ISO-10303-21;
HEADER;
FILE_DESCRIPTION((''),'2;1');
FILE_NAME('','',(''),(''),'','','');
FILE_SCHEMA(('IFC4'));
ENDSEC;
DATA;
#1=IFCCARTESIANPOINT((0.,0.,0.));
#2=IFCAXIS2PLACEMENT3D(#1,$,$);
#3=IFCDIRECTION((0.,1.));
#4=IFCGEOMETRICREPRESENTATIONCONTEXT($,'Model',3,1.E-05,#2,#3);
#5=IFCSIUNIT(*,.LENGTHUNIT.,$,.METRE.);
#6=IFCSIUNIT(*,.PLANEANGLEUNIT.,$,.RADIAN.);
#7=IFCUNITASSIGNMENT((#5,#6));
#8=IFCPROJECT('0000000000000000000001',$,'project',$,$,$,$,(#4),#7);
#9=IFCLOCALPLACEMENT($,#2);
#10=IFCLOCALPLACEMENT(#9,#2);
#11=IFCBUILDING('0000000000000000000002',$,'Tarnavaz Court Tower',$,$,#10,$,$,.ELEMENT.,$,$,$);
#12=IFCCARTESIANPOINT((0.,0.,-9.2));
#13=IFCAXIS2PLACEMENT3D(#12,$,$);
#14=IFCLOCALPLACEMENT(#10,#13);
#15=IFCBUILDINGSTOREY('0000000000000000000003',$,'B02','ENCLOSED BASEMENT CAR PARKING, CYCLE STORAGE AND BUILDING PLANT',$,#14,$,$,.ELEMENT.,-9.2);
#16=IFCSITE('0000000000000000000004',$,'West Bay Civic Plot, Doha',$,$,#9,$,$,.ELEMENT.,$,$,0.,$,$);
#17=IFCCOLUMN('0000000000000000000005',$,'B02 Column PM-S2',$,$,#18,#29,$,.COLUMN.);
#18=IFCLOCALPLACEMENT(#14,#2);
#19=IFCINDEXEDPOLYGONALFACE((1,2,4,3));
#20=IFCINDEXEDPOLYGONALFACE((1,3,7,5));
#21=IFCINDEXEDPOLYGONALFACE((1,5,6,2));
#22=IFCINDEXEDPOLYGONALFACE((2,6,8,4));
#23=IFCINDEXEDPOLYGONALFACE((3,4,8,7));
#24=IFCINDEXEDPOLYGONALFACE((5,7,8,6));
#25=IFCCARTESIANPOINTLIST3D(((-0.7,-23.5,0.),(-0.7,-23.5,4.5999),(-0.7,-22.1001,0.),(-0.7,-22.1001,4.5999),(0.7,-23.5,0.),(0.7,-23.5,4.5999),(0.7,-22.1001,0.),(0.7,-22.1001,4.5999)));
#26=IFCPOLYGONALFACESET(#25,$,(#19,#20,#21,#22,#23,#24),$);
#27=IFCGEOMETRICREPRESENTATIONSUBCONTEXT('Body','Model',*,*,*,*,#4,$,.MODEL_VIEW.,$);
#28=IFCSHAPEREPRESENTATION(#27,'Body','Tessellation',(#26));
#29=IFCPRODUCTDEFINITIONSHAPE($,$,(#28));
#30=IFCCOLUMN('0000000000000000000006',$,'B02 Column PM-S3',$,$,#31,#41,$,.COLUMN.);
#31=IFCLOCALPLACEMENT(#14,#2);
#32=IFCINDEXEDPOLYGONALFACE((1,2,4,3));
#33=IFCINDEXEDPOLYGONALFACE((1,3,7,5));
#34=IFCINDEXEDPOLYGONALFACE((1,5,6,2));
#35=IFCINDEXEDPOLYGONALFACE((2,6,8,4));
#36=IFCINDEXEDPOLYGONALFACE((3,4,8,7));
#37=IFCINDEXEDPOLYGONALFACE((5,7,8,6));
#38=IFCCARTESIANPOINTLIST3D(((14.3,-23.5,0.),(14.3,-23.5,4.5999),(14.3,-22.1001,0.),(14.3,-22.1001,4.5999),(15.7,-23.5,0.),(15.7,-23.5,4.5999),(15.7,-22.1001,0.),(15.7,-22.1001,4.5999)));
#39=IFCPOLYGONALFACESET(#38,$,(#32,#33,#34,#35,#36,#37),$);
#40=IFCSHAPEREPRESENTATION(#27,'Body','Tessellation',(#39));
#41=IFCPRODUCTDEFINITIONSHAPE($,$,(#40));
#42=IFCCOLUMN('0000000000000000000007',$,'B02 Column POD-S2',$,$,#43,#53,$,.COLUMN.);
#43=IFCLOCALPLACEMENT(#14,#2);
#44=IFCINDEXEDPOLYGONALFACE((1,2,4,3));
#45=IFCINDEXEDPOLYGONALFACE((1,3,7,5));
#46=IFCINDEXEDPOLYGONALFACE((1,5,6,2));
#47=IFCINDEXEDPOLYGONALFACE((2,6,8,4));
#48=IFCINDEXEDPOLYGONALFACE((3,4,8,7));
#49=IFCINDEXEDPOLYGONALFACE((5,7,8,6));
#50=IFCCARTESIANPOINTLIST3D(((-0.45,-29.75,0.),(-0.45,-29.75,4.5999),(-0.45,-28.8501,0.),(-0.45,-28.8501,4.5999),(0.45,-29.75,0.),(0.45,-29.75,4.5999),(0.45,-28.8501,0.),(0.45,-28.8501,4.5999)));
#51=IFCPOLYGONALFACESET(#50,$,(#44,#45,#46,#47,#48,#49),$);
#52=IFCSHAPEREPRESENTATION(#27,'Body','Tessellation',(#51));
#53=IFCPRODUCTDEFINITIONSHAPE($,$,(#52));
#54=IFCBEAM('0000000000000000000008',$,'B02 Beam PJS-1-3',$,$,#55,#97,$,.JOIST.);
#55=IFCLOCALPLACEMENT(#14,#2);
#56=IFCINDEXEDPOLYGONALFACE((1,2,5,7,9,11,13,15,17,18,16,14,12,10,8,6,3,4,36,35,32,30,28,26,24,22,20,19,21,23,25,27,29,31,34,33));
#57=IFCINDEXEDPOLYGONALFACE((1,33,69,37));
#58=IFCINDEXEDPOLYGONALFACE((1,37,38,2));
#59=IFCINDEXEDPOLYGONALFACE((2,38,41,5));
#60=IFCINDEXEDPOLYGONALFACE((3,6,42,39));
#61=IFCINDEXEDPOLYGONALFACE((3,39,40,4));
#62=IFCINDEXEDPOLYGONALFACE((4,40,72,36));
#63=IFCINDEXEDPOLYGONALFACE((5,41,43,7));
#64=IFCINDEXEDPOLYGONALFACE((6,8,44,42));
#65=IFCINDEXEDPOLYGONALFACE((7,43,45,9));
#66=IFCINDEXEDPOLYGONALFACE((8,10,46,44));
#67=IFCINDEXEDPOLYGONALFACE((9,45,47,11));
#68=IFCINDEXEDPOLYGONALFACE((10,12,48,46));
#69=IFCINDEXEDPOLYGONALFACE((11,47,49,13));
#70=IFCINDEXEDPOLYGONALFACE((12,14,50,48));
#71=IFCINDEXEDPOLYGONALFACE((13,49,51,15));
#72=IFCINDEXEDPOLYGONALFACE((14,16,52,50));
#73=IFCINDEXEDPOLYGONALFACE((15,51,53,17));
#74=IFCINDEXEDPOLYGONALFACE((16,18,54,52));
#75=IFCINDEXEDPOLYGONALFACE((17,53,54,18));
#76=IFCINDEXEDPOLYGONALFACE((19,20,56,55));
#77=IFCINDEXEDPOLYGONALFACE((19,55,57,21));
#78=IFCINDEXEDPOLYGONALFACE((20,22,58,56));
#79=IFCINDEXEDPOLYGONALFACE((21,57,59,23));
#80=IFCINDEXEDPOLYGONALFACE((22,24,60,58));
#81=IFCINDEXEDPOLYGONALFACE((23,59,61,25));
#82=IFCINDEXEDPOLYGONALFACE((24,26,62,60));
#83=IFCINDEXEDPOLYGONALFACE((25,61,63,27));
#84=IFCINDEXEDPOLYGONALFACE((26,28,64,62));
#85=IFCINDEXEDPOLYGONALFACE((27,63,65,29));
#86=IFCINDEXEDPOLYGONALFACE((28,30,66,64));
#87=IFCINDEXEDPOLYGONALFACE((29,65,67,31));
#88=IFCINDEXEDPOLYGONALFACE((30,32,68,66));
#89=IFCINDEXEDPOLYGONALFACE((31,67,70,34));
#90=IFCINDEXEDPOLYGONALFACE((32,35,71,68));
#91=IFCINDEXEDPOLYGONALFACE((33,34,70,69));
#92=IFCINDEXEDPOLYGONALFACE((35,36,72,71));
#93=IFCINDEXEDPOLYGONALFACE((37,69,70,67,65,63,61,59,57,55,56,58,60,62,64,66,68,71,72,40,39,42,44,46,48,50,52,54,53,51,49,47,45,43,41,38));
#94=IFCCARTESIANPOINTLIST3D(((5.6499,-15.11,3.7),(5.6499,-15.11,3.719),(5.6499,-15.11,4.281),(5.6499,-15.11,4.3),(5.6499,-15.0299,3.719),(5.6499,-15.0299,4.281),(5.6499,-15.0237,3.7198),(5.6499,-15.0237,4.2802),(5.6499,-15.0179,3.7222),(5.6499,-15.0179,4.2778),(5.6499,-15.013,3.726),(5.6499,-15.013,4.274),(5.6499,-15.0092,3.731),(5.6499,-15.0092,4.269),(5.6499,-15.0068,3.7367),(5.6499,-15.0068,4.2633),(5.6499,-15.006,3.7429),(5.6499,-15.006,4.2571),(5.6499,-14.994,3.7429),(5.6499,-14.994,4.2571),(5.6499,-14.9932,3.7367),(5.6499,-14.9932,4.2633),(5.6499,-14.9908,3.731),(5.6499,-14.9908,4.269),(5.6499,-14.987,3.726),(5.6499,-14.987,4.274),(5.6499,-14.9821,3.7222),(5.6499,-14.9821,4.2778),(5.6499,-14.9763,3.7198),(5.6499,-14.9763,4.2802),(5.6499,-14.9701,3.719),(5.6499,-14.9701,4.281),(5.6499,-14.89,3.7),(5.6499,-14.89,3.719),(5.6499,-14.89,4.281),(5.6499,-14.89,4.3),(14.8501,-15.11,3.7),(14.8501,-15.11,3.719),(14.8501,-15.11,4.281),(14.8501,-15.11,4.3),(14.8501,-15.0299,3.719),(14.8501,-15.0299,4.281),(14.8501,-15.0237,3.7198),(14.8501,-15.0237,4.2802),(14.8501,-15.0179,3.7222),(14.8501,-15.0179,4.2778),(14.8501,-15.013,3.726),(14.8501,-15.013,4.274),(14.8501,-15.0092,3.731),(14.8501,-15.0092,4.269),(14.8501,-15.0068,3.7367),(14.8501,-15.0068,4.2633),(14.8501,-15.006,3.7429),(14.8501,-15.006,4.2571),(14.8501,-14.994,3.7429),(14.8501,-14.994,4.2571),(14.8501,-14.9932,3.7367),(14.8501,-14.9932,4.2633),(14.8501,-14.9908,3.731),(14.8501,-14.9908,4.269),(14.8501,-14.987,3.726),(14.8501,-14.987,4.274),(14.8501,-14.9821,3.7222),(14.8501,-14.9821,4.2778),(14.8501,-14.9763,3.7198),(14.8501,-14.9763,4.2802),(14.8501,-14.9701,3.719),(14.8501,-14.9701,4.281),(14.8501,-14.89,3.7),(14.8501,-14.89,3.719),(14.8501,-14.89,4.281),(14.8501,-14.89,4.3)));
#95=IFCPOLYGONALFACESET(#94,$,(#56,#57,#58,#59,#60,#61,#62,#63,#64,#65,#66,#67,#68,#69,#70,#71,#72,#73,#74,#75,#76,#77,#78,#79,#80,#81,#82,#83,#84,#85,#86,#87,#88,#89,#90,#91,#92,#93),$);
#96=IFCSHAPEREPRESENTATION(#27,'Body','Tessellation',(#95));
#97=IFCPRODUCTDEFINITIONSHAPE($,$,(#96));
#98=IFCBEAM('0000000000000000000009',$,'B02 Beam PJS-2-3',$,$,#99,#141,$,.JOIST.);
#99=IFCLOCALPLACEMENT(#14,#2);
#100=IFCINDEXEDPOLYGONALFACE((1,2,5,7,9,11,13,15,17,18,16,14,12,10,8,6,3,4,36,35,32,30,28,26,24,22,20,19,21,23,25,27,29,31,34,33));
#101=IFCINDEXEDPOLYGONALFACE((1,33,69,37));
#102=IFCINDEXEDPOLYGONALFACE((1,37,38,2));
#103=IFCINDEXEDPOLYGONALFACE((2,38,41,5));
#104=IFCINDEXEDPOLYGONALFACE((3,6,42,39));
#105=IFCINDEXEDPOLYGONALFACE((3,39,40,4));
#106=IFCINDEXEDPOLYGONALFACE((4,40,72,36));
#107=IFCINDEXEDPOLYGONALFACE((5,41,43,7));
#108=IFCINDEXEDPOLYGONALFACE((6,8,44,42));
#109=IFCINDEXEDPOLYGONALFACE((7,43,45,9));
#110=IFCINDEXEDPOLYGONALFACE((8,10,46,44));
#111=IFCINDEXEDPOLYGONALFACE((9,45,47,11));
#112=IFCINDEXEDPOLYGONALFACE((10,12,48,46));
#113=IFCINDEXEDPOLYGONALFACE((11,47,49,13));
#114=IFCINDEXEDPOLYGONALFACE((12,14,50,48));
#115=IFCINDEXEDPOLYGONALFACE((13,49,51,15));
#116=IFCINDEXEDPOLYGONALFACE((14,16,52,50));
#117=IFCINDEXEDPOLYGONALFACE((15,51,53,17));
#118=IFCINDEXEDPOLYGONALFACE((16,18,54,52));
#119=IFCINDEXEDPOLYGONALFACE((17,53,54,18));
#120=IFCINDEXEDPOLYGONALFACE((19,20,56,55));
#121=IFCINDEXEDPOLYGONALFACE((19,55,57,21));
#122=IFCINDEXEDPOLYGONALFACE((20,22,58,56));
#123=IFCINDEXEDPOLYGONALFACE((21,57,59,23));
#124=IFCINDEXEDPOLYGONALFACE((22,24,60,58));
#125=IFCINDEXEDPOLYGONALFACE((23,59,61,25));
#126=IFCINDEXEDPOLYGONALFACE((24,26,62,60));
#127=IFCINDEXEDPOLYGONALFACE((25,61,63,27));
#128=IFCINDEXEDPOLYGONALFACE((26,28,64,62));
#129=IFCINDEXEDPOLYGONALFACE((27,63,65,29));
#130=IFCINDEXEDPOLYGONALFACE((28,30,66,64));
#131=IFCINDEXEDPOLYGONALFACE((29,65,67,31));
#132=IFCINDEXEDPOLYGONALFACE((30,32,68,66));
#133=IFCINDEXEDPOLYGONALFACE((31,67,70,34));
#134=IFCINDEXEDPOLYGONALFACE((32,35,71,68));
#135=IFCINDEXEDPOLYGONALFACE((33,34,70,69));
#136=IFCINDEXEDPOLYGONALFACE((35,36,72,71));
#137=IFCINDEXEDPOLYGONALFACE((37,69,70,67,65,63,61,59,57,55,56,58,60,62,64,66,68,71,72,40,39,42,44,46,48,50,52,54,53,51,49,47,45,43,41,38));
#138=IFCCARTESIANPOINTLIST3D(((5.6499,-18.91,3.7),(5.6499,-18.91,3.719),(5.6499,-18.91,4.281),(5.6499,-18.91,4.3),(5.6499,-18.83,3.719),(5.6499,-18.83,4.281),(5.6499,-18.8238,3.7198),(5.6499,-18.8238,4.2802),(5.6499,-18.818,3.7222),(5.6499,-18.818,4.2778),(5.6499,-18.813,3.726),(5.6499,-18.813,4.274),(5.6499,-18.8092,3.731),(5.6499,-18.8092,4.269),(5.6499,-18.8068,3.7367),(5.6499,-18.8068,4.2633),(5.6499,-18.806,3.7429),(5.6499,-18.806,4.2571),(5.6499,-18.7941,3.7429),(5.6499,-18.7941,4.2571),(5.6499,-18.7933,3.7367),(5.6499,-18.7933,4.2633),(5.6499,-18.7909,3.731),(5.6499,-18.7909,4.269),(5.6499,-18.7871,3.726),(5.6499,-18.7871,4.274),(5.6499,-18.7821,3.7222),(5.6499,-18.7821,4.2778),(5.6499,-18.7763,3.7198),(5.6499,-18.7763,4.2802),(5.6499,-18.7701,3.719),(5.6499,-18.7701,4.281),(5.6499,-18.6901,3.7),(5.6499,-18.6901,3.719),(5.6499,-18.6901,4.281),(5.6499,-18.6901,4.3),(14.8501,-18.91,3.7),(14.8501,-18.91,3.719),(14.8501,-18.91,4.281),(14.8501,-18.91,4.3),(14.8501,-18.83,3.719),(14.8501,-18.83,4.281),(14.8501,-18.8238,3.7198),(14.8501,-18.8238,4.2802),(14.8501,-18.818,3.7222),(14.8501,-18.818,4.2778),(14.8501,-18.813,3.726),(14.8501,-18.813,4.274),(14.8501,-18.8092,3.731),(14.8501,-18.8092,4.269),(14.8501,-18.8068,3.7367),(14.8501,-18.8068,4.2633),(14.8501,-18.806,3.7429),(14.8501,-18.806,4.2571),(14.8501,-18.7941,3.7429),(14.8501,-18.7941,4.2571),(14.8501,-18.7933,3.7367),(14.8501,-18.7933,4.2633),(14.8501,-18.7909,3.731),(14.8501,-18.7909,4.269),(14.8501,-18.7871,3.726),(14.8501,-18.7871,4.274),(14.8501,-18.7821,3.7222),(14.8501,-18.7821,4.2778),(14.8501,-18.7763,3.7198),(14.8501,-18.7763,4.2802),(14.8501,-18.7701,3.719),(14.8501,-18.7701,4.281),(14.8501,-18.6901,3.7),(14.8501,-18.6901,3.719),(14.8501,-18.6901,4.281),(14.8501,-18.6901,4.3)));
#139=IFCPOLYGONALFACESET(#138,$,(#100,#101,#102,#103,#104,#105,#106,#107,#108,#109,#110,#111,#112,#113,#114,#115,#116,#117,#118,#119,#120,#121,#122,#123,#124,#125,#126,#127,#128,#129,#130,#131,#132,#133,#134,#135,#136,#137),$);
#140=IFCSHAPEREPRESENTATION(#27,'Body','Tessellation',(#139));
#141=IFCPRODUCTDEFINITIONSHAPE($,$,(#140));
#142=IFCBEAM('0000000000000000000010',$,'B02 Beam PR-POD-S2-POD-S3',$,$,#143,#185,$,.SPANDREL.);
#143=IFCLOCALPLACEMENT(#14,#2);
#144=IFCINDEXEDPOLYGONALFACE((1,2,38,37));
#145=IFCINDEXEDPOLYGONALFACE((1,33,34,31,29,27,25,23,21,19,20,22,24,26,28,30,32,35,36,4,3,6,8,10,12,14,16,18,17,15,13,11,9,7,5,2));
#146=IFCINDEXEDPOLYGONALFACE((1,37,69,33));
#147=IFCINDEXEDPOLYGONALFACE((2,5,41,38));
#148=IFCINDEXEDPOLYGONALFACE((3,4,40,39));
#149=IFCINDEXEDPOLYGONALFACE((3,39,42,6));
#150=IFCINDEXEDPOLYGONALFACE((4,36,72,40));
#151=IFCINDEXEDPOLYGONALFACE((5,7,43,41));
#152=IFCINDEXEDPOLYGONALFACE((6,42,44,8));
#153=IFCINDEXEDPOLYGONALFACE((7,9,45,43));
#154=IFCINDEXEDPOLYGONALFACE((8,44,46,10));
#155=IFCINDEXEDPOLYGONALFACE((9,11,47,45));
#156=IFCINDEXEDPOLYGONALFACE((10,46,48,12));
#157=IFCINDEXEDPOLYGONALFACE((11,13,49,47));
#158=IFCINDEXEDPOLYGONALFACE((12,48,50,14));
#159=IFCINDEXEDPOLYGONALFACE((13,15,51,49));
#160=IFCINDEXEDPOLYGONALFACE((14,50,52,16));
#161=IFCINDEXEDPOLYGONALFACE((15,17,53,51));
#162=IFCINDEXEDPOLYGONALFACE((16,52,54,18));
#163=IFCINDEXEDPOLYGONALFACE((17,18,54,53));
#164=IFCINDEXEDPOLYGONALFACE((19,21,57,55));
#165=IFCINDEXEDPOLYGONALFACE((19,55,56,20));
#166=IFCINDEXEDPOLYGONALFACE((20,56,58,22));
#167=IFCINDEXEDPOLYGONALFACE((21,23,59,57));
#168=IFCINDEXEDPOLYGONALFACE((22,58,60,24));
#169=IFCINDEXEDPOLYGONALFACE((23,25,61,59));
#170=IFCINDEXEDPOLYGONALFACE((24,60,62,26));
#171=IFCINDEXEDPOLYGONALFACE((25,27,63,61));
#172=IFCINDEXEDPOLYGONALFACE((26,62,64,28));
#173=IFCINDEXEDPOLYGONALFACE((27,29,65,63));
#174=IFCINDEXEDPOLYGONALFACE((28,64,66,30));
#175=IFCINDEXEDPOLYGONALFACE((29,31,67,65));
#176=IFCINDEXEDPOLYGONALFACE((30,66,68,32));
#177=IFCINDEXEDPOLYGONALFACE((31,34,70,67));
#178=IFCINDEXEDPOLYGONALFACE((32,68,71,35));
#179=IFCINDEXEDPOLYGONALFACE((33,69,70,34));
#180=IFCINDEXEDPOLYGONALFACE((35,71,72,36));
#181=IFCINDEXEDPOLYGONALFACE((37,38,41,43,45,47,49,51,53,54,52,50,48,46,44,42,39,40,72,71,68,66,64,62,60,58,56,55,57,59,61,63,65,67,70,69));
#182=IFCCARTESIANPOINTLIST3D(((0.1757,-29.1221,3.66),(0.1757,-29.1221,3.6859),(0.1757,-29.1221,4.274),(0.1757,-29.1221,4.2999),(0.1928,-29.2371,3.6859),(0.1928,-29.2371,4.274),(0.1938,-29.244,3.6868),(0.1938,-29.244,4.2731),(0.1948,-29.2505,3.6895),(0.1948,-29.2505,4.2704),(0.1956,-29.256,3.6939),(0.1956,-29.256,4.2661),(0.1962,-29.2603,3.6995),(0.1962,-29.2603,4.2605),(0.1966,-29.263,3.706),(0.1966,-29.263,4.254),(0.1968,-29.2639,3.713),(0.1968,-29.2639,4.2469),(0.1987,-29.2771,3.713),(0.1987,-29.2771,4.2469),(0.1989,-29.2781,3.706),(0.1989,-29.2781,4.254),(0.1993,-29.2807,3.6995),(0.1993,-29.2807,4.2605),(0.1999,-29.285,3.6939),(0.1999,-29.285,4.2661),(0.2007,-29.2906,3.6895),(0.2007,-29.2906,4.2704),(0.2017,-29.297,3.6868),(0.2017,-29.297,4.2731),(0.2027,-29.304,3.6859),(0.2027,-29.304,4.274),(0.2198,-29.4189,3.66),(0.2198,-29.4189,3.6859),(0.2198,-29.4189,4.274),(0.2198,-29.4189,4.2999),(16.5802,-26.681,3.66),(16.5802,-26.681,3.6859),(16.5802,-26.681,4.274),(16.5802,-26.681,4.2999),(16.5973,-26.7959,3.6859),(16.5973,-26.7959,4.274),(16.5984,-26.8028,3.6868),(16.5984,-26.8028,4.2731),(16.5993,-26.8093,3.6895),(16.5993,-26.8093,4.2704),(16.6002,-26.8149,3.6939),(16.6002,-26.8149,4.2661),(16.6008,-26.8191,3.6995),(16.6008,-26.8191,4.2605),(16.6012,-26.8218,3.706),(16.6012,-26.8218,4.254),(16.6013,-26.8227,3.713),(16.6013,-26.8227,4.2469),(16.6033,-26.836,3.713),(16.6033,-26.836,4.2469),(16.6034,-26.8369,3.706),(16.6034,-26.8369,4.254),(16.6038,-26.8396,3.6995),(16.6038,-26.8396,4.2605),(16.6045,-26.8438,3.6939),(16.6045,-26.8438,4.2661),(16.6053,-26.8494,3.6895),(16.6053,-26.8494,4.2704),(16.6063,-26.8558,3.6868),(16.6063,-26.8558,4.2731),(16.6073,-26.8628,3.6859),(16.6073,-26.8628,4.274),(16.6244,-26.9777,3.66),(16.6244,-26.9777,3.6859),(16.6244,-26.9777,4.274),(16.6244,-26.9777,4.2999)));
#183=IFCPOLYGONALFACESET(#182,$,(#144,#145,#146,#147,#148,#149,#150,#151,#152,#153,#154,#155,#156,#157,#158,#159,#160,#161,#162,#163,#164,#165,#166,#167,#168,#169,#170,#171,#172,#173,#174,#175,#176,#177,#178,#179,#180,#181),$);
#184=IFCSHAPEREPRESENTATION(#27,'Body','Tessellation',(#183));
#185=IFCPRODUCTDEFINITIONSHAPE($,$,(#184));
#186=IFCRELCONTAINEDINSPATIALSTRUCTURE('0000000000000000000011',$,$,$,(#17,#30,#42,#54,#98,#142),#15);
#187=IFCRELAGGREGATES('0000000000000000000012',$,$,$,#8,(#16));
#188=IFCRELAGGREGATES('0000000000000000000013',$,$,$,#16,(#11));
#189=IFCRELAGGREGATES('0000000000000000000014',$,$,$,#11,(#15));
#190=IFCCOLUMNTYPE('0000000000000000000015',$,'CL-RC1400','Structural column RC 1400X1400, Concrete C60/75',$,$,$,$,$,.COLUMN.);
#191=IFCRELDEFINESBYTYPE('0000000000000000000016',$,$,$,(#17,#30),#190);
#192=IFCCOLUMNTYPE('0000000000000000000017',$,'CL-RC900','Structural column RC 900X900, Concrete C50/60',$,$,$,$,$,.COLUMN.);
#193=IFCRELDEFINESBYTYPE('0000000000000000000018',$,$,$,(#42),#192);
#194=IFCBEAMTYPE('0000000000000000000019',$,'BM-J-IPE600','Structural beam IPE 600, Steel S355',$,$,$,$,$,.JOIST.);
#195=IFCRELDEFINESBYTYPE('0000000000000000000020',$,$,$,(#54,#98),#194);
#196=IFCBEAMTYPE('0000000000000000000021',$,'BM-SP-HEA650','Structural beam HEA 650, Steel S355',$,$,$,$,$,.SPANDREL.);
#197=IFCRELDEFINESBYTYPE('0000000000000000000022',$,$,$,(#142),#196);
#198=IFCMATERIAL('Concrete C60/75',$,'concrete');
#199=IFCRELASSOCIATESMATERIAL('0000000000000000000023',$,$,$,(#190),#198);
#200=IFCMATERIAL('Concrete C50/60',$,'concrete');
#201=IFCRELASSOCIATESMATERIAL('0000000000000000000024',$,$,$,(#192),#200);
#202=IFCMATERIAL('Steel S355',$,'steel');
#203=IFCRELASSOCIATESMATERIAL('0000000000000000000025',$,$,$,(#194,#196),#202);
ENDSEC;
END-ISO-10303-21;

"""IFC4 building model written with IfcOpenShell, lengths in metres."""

from ifc_helpers import new_model, si_unit, direction, frame, origin, origin_2d, place, context, subcontext, project, spatial, rectangle, i_section, extrude, material, material_profile, profile_set, type_object, element, save


model = new_model("IFC4")

# Units and contexts
model_context = context("Model", 3, precision=1e-05, world=origin(), true_north=direction((0.0, 1.0)))
body_context = subcontext(model_context, "Body", "Model", "MODEL_VIEW")
ifc_project = project(units=[si_unit("LENGTHUNIT", "METRE"), si_unit("PLANEANGLEUNIT", "RADIAN")], contexts=[model_context])

# Site, building, storey
site_placement = place(None, origin())
site = spatial("IfcSite", under=ifc_project, at=site_placement, Name="West Bay Civic Plot, Doha", CompositionType="ELEMENT", RefElevation=0.0)
building_placement = place(site_placement, origin())
building = spatial("IfcBuilding", under=site, at=building_placement, Name="Tarnavaz Court Tower", CompositionType="ELEMENT")
storey_placement = place(building_placement, frame((0.0, 0.0, -9.2)))
storey = spatial("IfcBuildingStorey", under=building, at=storey_placement, Name="B02", Description="ENCLOSED BASEMENT CAR PARKING, CYCLE STORAGE AND BUILDING PLANT", CompositionType="ELEMENT", Elevation=-9.2)

# Shared definitions
ifc_material_1 = material(Name="Concrete C50/60", Category="concrete")

# Columns
ifc_material_2 = material(Name="Concrete C60/75", Category="concrete")
ifc_material_profile_1 = material_profile(ifc_material_2, rectangle(XDim=1.3999, YDim=1.3999, at=origin_2d()), Name="RC 1400X1400")
ifc_profile_set_1 = profile_set([ifc_material_profile_1], Name="Concrete C60/75")
column_type_1 = type_object("IfcColumnType", Name="CL-RC1400", Description="Structural column RC 1400X1400, Concrete C60/75", PredefinedType="COLUMN", material=ifc_profile_set_1)
for number, where, z_axis, x_axis, name in (
    (1, (0.0, -22.8, 0.0), (0.0, 0.0, 1.0), (1.0, 0.0, 0.0), "B02 Column PM-S2"),
    (2, (15.0, -22.8, 0.0), (0.0, 0.0, 1.0), (1.0, 0.0, 0.0), "B02 Column PM-S3"),
):
    element("IfcColumn", number, at=place(storey_placement, frame(where, z_axis=z_axis, x_axis=x_axis)), inside=storey, type_object=column_type_1, Name=name, PredefinedType="COLUMN", context=body_context, shape_type="SweptSolid", body=[
        extrude(rectangle(XDim=1.3999, YDim=1.3999, at=origin_2d()), origin(), (0.0, 0.0, 1.0), 4.5999),
    ])
ifc_material_profile_2 = material_profile(ifc_material_1, rectangle(XDim=0.8999, YDim=0.8999, at=origin_2d()), Name="RC 900X900")
ifc_profile_set_2 = profile_set([ifc_material_profile_2], Name="Concrete C50/60")
column_type_2 = type_object("IfcColumnType", Name="CL-RC900", Description="Structural column RC 900X900, Concrete C50/60", PredefinedType="COLUMN", material=ifc_profile_set_2)
column_placement = place(storey_placement, frame((0.0, -29.3, 0.0), z_axis=(0.0, 0.0, 1.0), x_axis=(1.0, 0.0, 0.0)))
element("IfcColumn", 3, at=column_placement, inside=storey, type_object=column_type_2, Name="B02 Column POD-S2", PredefinedType="COLUMN", context=body_context, shape_type="SweptSolid", body=[
    extrude(rectangle(XDim=0.8999, YDim=0.8999, at=origin_2d()), origin(), (0.0, 0.0, 1.0), 4.5999),
])

# Beams
ifc_material_3 = material(Name="Steel S355", Category="steel")
ifc_material_profile_3 = material_profile(ifc_material_3, i_section(OverallWidth=0.22, OverallDepth=0.6001, WebThickness=0.012, FlangeThickness=0.019, FilletRadius=0.0239, at=origin_2d()), Name="IPE 600")
ifc_profile_set_3 = profile_set([ifc_material_profile_3], Name="Steel S355")
beam_type_1 = type_object("IfcBeamType", Name="BM-J-IPE600", Description="Structural beam IPE 600, Steel S355", PredefinedType="JOIST", material=ifc_profile_set_3)
for number, where, z_axis, x_axis, name in (
    (4, (5.6499, -15.0, 4.0), (1.0, 0.0, 0.0), (0.0, 1.0, 0.0), "B02 Beam PJS-1-3"),
    (5, (5.6499, -18.8, 4.0), (1.0, 0.0, 0.0), (0.0, 1.0, 0.0), "B02 Beam PJS-2-3"),
):
    element("IfcBeam", number, at=place(storey_placement, frame(where, z_axis=z_axis, x_axis=x_axis)), inside=storey, type_object=beam_type_1, Name=name, PredefinedType="JOIST", context=body_context, shape_type="SweptSolid", body=[
        extrude(i_section(OverallWidth=0.22, OverallDepth=0.6001, WebThickness=0.012, FlangeThickness=0.019, FilletRadius=0.0239, at=origin_2d()), origin(), (0.0, 0.0, 1.0), 9.2002),
    ])
ifc_material_profile_4 = material_profile(ifc_material_3, i_section(OverallWidth=0.3, OverallDepth=0.6399, WebThickness=0.0134, FlangeThickness=0.0259, FilletRadius=0.0271, at=origin_2d()), Name="HEA 650")
ifc_profile_set_4 = profile_set([ifc_material_profile_4], Name="Steel S355")
beam_type_2 = type_object("IfcBeamType", Name="BM-SP-HEA650", Description="Structural beam HEA 650, Steel S355", PredefinedType="SPANDREL", material=ifc_profile_set_4)
beam_1_placement = place(storey_placement, frame((0.1978, -29.2705, 3.98), z_axis=(0.989108, 0.147189, 0.0), x_axis=(-0.147189, 0.989108, 0.0)))
element("IfcBeam", 6, at=beam_1_placement, inside=storey, type_object=beam_type_2, Name="B02 Beam PR-POD-S2-POD-S3", PredefinedType="SPANDREL", context=body_context, shape_type="SweptSolid", body=[
    extrude(i_section(OverallWidth=0.3, OverallDepth=0.6399, WebThickness=0.0134, FlangeThickness=0.0259, FilletRadius=0.0271, at=origin_2d()), origin(), (0.0, 0.0, 1.0), 16.5852),
])

save(model, "model.ifc")
